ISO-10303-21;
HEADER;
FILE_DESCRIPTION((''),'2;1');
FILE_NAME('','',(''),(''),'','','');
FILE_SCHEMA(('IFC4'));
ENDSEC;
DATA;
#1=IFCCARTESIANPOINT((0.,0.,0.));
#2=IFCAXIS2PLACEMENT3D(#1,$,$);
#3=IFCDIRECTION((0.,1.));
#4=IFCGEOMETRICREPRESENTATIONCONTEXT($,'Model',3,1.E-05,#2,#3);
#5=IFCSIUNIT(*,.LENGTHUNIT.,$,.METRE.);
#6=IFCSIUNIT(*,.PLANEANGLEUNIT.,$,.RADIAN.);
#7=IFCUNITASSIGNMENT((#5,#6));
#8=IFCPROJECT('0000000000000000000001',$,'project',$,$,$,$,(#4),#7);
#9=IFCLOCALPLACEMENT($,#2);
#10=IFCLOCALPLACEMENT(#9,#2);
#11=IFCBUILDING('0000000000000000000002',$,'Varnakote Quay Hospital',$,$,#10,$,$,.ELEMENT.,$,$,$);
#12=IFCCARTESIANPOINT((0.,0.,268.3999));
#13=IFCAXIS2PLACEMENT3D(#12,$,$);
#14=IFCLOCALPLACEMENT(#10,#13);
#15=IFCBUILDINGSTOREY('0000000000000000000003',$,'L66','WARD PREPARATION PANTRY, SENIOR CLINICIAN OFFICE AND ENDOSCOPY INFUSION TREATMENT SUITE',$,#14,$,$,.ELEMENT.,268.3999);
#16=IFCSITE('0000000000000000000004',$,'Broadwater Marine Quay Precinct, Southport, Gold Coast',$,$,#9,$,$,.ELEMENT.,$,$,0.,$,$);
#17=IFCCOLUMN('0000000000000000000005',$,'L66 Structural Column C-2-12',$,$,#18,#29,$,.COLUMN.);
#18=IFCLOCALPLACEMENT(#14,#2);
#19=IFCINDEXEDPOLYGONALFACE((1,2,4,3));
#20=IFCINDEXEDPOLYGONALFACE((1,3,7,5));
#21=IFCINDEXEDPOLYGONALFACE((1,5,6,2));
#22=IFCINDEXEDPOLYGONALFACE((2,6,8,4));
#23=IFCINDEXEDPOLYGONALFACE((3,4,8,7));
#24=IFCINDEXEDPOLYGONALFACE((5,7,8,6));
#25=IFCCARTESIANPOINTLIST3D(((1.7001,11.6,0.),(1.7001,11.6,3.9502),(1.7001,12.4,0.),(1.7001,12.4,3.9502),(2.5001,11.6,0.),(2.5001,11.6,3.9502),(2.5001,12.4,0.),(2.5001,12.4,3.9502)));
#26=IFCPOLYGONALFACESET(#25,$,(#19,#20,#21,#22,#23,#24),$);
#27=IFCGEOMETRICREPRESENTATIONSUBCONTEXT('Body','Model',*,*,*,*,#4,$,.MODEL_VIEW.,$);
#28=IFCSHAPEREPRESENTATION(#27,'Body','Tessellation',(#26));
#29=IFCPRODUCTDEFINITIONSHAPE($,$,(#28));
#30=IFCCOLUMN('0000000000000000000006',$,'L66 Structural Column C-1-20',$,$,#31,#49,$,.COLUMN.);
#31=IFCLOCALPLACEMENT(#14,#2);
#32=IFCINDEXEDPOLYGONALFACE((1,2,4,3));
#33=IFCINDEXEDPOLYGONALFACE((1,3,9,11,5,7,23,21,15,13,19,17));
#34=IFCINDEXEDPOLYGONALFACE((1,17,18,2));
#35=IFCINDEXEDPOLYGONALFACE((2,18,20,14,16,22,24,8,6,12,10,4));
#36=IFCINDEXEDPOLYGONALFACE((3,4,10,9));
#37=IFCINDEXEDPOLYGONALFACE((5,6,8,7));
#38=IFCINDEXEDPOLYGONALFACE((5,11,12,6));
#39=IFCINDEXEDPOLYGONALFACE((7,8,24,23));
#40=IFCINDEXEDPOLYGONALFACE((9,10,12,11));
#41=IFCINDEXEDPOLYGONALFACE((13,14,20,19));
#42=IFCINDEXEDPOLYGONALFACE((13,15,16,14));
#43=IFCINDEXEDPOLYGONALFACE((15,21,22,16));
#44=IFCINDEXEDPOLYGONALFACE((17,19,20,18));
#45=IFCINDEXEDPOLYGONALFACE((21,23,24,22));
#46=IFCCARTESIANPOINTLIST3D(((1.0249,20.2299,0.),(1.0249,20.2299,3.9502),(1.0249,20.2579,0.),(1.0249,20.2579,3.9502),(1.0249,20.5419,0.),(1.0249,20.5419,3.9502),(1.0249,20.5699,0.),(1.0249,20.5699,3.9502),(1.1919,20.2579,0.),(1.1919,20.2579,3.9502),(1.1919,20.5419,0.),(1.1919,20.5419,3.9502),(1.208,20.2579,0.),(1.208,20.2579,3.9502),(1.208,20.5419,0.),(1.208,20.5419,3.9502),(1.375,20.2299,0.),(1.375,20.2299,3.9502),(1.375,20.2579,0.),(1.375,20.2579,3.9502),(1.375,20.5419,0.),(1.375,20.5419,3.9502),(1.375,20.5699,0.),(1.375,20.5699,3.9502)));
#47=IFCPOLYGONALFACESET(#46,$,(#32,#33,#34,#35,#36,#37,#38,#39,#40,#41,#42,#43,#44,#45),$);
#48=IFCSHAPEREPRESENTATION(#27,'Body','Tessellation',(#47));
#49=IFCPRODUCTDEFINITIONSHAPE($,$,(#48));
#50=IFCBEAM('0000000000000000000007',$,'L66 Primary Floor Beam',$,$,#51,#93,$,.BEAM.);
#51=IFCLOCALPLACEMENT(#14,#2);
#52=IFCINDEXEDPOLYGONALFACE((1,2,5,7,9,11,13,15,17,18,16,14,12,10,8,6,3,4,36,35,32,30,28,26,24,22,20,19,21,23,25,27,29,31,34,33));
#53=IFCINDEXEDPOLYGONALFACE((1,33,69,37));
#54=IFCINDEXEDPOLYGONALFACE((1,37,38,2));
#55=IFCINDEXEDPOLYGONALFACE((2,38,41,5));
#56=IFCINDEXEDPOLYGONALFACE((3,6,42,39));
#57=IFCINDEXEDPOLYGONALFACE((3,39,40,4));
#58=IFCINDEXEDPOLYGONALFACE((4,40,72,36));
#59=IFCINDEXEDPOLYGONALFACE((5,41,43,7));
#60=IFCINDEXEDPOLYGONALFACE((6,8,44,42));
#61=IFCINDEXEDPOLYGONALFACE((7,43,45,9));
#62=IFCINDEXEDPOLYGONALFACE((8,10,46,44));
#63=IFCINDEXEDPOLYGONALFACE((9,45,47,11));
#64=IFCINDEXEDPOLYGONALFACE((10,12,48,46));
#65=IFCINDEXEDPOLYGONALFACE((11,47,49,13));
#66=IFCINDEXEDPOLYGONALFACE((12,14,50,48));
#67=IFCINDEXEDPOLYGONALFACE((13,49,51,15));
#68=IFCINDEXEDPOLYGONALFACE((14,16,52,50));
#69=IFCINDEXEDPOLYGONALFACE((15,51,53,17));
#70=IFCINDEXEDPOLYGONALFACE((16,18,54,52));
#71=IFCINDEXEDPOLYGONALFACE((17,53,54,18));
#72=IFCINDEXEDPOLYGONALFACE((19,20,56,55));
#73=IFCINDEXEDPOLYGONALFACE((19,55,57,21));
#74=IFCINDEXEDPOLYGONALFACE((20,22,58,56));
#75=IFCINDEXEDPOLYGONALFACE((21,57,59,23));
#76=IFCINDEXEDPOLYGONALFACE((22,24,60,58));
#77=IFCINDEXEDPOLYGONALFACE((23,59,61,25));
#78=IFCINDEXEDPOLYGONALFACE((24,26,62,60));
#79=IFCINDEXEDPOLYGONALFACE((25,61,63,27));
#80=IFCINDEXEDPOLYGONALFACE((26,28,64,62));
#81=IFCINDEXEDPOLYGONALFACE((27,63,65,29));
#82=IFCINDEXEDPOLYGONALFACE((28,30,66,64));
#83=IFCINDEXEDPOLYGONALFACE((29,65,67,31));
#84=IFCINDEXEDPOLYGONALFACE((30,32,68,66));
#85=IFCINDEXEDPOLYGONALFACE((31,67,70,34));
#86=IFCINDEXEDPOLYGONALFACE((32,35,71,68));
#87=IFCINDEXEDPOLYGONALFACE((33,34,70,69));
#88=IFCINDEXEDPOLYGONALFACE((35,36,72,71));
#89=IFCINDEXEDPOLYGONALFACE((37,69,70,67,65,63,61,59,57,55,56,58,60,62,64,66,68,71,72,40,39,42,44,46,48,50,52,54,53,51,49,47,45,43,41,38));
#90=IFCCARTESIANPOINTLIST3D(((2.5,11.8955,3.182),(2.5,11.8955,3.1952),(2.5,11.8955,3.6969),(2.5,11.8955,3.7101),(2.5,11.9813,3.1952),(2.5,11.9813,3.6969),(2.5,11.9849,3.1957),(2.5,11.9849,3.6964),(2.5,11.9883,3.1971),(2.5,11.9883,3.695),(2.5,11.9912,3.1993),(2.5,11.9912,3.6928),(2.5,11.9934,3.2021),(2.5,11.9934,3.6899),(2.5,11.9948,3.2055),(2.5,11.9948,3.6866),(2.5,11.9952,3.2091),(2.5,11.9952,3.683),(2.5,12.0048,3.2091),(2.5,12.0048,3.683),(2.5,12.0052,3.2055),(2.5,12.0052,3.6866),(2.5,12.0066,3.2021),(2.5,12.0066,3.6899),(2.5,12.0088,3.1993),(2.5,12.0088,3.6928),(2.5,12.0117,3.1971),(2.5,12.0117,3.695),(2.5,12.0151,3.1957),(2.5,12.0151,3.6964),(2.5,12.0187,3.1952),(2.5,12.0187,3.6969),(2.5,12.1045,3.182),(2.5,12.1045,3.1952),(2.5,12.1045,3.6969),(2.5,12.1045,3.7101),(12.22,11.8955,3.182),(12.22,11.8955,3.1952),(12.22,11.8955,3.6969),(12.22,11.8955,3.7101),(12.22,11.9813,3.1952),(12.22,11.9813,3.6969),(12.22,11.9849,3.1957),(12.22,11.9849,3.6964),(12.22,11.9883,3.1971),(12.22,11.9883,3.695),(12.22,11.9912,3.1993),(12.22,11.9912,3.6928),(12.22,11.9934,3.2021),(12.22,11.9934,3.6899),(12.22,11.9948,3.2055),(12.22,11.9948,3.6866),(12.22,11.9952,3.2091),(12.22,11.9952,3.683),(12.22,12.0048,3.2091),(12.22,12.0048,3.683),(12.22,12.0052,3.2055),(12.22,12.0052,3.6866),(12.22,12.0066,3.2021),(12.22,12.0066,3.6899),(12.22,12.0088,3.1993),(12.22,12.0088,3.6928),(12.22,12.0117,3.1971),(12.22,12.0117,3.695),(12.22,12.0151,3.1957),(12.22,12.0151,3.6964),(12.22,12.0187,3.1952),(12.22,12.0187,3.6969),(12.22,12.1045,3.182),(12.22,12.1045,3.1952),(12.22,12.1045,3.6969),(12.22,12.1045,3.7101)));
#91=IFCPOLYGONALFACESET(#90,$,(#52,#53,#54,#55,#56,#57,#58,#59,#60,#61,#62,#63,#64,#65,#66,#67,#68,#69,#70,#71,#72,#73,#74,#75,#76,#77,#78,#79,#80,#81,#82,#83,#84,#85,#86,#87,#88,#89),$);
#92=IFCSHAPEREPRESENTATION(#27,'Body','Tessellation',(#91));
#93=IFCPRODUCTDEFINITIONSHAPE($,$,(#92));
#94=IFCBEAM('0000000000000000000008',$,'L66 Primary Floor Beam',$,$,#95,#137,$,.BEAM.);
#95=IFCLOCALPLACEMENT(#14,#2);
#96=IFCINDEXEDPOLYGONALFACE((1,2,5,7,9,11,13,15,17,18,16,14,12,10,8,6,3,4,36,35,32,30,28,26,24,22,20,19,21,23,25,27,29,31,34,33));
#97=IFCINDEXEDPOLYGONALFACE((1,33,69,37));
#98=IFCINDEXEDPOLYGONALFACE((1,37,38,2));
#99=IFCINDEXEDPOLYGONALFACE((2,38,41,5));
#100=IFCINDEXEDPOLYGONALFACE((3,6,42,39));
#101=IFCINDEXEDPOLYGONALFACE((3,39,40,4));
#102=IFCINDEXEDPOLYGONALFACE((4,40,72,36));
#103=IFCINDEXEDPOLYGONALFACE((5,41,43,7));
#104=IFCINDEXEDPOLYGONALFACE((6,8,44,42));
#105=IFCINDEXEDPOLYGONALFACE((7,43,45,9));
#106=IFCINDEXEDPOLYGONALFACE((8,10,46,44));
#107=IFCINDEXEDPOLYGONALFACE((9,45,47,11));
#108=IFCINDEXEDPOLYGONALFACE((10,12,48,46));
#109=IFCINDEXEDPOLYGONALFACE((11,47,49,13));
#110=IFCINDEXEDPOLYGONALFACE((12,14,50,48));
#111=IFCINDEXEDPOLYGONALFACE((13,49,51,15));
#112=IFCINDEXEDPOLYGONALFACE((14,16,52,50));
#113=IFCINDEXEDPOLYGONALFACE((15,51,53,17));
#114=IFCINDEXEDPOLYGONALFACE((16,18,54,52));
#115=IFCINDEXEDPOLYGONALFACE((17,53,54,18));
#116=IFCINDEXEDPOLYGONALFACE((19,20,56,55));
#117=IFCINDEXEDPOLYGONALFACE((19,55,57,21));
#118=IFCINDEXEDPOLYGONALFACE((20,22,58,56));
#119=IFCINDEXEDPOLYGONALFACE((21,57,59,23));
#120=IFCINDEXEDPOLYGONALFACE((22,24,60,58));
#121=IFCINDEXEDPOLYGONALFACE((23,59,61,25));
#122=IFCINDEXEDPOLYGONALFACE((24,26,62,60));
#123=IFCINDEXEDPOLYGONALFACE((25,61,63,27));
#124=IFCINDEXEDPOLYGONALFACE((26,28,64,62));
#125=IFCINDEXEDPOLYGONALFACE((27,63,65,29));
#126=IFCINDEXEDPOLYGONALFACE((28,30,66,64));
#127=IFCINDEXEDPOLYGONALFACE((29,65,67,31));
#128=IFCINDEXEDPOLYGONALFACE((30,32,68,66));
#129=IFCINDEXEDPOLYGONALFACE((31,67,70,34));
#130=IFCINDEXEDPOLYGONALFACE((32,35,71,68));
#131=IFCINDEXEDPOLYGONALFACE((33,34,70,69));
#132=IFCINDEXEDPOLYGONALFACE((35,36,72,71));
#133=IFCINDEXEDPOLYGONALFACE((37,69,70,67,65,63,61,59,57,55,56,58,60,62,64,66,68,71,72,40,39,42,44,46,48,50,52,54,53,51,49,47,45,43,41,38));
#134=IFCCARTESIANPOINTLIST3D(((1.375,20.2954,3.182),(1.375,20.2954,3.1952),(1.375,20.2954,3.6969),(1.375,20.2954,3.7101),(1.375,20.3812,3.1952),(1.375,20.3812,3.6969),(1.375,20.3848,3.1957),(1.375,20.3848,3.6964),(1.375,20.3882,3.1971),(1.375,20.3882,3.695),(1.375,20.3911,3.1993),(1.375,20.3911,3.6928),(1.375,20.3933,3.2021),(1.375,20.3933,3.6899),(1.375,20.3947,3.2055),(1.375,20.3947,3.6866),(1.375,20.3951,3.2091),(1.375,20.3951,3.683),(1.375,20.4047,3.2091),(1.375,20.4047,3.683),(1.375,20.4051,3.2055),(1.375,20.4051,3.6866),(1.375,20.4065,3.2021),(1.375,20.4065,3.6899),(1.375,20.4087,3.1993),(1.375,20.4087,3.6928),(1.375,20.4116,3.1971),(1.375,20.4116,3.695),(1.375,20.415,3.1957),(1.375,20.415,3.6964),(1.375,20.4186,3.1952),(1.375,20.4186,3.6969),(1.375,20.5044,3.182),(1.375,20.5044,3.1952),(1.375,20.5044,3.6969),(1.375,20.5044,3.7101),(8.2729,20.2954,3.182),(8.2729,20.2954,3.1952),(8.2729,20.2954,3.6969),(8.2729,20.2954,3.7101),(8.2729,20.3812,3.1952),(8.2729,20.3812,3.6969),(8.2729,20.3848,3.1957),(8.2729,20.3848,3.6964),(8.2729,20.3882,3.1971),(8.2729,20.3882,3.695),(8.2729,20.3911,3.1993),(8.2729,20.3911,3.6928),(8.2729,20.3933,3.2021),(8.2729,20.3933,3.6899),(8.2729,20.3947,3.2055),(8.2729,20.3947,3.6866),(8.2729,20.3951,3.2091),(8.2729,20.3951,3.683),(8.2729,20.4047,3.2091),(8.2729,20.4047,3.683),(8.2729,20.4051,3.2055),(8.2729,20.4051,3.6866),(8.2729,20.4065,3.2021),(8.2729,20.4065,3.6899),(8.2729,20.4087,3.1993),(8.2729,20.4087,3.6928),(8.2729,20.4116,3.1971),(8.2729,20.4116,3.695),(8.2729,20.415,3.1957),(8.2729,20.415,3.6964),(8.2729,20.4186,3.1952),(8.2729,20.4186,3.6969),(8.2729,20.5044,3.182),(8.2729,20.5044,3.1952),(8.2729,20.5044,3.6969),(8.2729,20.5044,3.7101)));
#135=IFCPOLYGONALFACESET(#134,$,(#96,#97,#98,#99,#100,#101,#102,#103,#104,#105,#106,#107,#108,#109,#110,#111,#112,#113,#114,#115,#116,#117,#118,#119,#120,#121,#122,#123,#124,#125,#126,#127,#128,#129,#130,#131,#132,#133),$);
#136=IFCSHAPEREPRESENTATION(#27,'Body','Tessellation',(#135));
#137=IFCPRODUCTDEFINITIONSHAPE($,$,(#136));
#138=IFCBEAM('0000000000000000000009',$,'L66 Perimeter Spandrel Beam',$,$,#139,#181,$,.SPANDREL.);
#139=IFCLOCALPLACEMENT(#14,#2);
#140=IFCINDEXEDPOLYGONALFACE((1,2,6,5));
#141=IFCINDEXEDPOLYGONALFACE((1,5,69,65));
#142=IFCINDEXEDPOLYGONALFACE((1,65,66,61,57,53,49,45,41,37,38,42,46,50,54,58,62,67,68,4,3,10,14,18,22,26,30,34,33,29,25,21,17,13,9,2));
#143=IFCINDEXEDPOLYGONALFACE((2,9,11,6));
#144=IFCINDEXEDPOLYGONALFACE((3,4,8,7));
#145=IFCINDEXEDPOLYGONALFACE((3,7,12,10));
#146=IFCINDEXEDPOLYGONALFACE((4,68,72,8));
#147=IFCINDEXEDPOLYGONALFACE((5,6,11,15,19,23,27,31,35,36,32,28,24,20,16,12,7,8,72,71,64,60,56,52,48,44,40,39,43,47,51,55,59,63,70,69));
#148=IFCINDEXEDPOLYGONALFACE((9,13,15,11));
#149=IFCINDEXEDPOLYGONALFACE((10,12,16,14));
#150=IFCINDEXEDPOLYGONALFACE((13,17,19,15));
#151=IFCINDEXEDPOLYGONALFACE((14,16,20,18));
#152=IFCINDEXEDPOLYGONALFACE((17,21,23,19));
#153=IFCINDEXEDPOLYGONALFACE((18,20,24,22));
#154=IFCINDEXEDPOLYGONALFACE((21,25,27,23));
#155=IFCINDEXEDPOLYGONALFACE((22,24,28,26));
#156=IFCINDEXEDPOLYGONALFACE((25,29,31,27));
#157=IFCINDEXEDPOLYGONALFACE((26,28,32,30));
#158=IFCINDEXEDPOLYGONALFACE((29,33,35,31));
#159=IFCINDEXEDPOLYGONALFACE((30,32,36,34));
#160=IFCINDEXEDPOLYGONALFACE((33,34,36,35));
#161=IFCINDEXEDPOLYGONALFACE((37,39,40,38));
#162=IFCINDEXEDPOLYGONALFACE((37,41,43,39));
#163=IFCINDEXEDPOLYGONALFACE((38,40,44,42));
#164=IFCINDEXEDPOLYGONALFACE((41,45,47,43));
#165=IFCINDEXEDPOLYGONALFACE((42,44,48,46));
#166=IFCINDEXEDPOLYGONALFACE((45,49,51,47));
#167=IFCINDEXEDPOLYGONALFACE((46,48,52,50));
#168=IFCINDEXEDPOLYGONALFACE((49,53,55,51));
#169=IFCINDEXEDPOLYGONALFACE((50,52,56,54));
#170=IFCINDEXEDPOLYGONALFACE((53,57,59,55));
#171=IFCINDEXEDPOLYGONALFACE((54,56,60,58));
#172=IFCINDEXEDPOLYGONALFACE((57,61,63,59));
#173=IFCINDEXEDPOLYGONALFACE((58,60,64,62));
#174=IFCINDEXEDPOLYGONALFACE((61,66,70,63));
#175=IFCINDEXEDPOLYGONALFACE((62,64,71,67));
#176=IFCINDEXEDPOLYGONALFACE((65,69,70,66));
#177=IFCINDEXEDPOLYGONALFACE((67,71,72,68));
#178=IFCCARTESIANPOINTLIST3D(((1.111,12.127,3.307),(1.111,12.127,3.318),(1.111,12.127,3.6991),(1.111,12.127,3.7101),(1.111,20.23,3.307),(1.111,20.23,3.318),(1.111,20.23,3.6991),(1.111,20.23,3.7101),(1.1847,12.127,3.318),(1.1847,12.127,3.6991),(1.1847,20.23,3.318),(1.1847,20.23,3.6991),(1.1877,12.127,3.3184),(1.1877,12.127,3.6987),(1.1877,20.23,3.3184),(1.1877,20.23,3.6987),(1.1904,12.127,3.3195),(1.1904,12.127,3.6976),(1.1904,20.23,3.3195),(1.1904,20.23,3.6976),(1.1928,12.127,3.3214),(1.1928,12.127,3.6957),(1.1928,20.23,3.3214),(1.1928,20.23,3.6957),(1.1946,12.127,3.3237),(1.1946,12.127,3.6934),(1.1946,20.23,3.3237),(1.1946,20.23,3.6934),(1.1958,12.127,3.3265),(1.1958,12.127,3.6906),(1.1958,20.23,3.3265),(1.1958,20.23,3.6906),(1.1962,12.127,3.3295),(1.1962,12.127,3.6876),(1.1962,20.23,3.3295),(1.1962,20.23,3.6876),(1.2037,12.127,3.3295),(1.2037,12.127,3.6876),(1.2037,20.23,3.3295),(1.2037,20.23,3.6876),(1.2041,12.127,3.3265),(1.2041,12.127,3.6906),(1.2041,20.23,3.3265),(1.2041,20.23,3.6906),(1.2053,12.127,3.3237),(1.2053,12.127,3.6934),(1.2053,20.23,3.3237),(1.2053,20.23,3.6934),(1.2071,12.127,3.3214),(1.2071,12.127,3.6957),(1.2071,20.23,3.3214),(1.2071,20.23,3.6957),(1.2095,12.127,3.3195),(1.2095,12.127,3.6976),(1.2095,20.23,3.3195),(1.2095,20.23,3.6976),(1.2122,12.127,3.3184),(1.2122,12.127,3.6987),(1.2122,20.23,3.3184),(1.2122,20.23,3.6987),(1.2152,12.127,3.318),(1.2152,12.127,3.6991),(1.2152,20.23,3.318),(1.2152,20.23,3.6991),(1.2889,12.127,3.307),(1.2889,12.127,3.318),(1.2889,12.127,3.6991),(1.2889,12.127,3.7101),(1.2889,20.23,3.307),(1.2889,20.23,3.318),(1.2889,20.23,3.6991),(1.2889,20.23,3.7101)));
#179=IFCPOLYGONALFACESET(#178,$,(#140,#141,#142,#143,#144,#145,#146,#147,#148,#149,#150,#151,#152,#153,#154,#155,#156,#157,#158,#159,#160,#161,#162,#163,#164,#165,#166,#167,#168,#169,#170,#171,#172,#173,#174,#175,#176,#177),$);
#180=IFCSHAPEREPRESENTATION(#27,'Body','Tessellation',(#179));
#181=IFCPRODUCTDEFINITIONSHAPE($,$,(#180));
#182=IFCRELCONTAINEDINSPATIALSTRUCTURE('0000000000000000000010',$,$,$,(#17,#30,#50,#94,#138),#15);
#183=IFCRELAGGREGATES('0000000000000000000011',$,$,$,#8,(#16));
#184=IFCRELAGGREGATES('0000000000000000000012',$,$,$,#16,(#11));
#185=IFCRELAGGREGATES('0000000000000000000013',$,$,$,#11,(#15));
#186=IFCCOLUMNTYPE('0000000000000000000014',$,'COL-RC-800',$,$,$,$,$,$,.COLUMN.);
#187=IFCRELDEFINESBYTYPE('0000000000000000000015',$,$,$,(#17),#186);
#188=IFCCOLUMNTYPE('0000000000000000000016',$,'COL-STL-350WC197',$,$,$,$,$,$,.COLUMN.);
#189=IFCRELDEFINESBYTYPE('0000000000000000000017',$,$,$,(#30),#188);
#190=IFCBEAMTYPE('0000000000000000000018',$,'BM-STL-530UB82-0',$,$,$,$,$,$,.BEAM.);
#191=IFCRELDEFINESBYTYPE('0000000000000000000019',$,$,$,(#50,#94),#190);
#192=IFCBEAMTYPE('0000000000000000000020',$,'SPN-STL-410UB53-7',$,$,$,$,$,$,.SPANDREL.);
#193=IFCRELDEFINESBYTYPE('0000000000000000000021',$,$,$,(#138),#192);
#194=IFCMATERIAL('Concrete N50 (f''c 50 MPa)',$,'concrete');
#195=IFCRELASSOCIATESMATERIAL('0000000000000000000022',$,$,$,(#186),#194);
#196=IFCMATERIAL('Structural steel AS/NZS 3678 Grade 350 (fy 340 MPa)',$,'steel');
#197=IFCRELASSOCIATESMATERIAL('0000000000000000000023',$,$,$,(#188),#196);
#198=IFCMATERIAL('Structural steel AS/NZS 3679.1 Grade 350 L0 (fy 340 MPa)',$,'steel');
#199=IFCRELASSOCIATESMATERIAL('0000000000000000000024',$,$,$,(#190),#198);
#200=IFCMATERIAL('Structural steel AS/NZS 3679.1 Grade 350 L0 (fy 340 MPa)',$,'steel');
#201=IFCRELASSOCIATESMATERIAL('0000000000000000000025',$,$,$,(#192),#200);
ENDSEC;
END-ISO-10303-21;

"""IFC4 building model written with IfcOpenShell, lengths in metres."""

from ifc_helpers import new_model, si_unit, direction, frame, origin, origin_2d, place, context, subcontext, project, spatial, rectangle, i_section, extrude, material, material_profile, profile_set, type_object, element, save


model = new_model("IFC4")

# Units and contexts
model_context = context("Model", 3, precision=1e-05, world=origin(), true_north=direction((0.0, 1.0)))
body_context = subcontext(model_context, "Body", "Model", "MODEL_VIEW")
ifc_project = project(units=[si_unit("LENGTHUNIT", "METRE"), si_unit("PLANEANGLEUNIT", "RADIAN")], contexts=[model_context])

# Site, building, storey
site_placement = place(None, origin())
site = spatial("IfcSite", under=ifc_project, at=site_placement, Name="Broadwater Marine Quay Precinct, Southport, Gold Coast", CompositionType="ELEMENT", RefElevation=0.0)
building_placement = place(site_placement, origin())
building = spatial("IfcBuilding", under=site, at=building_placement, Name="Varnakote Quay Hospital", CompositionType="ELEMENT")
storey_placement = place(building_placement, frame((0.0, 0.0, 268.3999)))
storey = spatial("IfcBuildingStorey", under=building, at=storey_placement, Name="L66", Description="WARD PREPARATION PANTRY, SENIOR CLINICIAN OFFICE AND ENDOSCOPY INFUSION TREATMENT SUITE", CompositionType="ELEMENT", Elevation=268.3999)

# Columns
ifc_material_1 = material(Name="Concrete N50 (f'c 50 MPa)", Category="concrete")
ifc_material_profile_1 = material_profile(ifc_material_1, rectangle(XDim=0.8, YDim=0.8, at=origin_2d()), Name="RC-COL-800x800")
ifc_profile_set_1 = profile_set([ifc_material_profile_1], Name="Concrete N50 (f'c 50 MPa)")
column_type_1 = type_object("IfcColumnType", Name="COL-RC-800", PredefinedType="COLUMN", material=ifc_profile_set_1)
column_1_placement = place(storey_placement, frame((2.1001, 12.0, 0.0), z_axis=(0.0, 0.0, 1.0), x_axis=(1.0, 0.0, 0.0)))
element("IfcColumn", 1, at=column_1_placement, inside=storey, type_object=column_type_1, Name="L66 Structural Column C-2-12", PredefinedType="COLUMN", context=body_context, shape_type="SweptSolid", body=[
    extrude(rectangle(XDim=0.8, YDim=0.8, at=origin_2d()), origin(), (0.0, 0.0, 1.0), 3.9502),
])
ifc_material_2 = material(Name="Structural steel AS/NZS 3678 Grade 350 (fy 340 MPa)", Category="steel")
ifc_material_profile_2 = material_profile(ifc_material_2, i_section(OverallWidth=0.3501, OverallDepth=0.3401, WebThickness=0.0161, FlangeThickness=0.0281, at=origin_2d()), Name="350WC197")
ifc_profile_set_2 = profile_set([ifc_material_profile_2], Name="Structural steel AS/NZS 3678 Grade 350 (fy 340 MPa)")
column_type_2 = type_object("IfcColumnType", Name="COL-STL-350WC197", PredefinedType="COLUMN", material=ifc_profile_set_2)
column_2_placement = place(storey_placement, frame((1.2, 20.3999, 0.0), z_axis=(0.0, 0.0, 1.0), x_axis=(1.0, 0.0, 0.0)))
element("IfcColumn", 2, at=column_2_placement, inside=storey, type_object=column_type_2, Name="L66 Structural Column C-1-20", PredefinedType="COLUMN", context=body_context, shape_type="SweptSolid", body=[
    extrude(i_section(OverallWidth=0.3501, OverallDepth=0.3401, WebThickness=0.0161, FlangeThickness=0.0281, at=origin_2d()), origin(), (0.0, 0.0, 1.0), 3.9502),
])

# Beams
ifc_material_3 = material(Name="Structural steel AS/NZS 3679.1 Grade 350 L0 (fy 340 MPa)", Category="steel")
ifc_material_profile_3 = material_profile(ifc_material_3, i_section(OverallWidth=0.209, OverallDepth=0.5281, WebThickness=0.0095, FlangeThickness=0.0132, FilletRadius=0.0139, at=origin_2d()), Name="530UB82.0")
ifc_profile_set_3 = profile_set([ifc_material_profile_3], Name="Structural steel AS/NZS 3679.1 Grade 350 L0 (fy 340 MPa)")
beam_type_1 = type_object("IfcBeamType", Name="BM-STL-530UB82-0", PredefinedType="BEAM", material=ifc_profile_set_3)
beam_1_placement = place(storey_placement, frame((2.5, 12.0, 3.446), z_axis=(1.0, 0.0, 0.0), x_axis=(0.0, 1.0, 0.0)))
element("IfcBeam", 3, at=beam_1_placement, inside=storey, type_object=beam_type_1, Name="L66 Primary Floor Beam", PredefinedType="BEAM", context=body_context, shape_type="SweptSolid", body=[
    extrude(i_section(OverallWidth=0.209, OverallDepth=0.5281, WebThickness=0.0095, FlangeThickness=0.0132, FilletRadius=0.0139, at=origin_2d()), origin(), (0.0, 0.0, 1.0), 9.72),
])
beam_2_placement = place(storey_placement, frame((1.375, 20.3999, 3.446), z_axis=(1.0, 0.0, 0.0), x_axis=(0.0, 1.0, 0.0)))
element("IfcBeam", 4, at=beam_2_placement, inside=storey, type_object=beam_type_1, Name="L66 Primary Floor Beam", PredefinedType="BEAM", context=body_context, shape_type="SweptSolid", body=[
    extrude(i_section(OverallWidth=0.209, OverallDepth=0.5281, WebThickness=0.0095, FlangeThickness=0.0132, FilletRadius=0.0139, at=origin_2d()), origin(), (0.0, 0.0, 1.0), 6.8979),
])
ifc_material_4 = material(Name="Structural steel AS/NZS 3679.1 Grade 350 L0 (fy 340 MPa)", Category="steel")
ifc_material_profile_4 = material_profile(ifc_material_4, i_section(OverallWidth=0.178, OverallDepth=0.4031, WebThickness=0.0076, FlangeThickness=0.011, FilletRadius=0.0115, at=origin_2d()), Name="410UB53.7")
ifc_profile_set_4 = profile_set([ifc_material_profile_4], Name="Structural steel AS/NZS 3679.1 Grade 350 L0 (fy 340 MPa)")
beam_type_2 = type_object("IfcBeamType", Name="SPN-STL-410UB53-7", PredefinedType="SPANDREL", material=ifc_profile_set_4)
beam_3_placement = place(storey_placement, frame((1.2, 12.127, 3.5085), z_axis=(0.0, 1.0, 0.0), x_axis=(-1.0, 0.0, 0.0)))
element("IfcBeam", 5, at=beam_3_placement, inside=storey, type_object=beam_type_2, Name="L66 Perimeter Spandrel Beam", PredefinedType="SPANDREL", context=body_context, shape_type="SweptSolid", body=[
    extrude(i_section(OverallWidth=0.178, OverallDepth=0.4031, WebThickness=0.0076, FlangeThickness=0.011, FilletRadius=0.0115, at=origin_2d()), origin(), (0.0, 0.0, 1.0), 8.103),
])

save(model, "model.ifc")
